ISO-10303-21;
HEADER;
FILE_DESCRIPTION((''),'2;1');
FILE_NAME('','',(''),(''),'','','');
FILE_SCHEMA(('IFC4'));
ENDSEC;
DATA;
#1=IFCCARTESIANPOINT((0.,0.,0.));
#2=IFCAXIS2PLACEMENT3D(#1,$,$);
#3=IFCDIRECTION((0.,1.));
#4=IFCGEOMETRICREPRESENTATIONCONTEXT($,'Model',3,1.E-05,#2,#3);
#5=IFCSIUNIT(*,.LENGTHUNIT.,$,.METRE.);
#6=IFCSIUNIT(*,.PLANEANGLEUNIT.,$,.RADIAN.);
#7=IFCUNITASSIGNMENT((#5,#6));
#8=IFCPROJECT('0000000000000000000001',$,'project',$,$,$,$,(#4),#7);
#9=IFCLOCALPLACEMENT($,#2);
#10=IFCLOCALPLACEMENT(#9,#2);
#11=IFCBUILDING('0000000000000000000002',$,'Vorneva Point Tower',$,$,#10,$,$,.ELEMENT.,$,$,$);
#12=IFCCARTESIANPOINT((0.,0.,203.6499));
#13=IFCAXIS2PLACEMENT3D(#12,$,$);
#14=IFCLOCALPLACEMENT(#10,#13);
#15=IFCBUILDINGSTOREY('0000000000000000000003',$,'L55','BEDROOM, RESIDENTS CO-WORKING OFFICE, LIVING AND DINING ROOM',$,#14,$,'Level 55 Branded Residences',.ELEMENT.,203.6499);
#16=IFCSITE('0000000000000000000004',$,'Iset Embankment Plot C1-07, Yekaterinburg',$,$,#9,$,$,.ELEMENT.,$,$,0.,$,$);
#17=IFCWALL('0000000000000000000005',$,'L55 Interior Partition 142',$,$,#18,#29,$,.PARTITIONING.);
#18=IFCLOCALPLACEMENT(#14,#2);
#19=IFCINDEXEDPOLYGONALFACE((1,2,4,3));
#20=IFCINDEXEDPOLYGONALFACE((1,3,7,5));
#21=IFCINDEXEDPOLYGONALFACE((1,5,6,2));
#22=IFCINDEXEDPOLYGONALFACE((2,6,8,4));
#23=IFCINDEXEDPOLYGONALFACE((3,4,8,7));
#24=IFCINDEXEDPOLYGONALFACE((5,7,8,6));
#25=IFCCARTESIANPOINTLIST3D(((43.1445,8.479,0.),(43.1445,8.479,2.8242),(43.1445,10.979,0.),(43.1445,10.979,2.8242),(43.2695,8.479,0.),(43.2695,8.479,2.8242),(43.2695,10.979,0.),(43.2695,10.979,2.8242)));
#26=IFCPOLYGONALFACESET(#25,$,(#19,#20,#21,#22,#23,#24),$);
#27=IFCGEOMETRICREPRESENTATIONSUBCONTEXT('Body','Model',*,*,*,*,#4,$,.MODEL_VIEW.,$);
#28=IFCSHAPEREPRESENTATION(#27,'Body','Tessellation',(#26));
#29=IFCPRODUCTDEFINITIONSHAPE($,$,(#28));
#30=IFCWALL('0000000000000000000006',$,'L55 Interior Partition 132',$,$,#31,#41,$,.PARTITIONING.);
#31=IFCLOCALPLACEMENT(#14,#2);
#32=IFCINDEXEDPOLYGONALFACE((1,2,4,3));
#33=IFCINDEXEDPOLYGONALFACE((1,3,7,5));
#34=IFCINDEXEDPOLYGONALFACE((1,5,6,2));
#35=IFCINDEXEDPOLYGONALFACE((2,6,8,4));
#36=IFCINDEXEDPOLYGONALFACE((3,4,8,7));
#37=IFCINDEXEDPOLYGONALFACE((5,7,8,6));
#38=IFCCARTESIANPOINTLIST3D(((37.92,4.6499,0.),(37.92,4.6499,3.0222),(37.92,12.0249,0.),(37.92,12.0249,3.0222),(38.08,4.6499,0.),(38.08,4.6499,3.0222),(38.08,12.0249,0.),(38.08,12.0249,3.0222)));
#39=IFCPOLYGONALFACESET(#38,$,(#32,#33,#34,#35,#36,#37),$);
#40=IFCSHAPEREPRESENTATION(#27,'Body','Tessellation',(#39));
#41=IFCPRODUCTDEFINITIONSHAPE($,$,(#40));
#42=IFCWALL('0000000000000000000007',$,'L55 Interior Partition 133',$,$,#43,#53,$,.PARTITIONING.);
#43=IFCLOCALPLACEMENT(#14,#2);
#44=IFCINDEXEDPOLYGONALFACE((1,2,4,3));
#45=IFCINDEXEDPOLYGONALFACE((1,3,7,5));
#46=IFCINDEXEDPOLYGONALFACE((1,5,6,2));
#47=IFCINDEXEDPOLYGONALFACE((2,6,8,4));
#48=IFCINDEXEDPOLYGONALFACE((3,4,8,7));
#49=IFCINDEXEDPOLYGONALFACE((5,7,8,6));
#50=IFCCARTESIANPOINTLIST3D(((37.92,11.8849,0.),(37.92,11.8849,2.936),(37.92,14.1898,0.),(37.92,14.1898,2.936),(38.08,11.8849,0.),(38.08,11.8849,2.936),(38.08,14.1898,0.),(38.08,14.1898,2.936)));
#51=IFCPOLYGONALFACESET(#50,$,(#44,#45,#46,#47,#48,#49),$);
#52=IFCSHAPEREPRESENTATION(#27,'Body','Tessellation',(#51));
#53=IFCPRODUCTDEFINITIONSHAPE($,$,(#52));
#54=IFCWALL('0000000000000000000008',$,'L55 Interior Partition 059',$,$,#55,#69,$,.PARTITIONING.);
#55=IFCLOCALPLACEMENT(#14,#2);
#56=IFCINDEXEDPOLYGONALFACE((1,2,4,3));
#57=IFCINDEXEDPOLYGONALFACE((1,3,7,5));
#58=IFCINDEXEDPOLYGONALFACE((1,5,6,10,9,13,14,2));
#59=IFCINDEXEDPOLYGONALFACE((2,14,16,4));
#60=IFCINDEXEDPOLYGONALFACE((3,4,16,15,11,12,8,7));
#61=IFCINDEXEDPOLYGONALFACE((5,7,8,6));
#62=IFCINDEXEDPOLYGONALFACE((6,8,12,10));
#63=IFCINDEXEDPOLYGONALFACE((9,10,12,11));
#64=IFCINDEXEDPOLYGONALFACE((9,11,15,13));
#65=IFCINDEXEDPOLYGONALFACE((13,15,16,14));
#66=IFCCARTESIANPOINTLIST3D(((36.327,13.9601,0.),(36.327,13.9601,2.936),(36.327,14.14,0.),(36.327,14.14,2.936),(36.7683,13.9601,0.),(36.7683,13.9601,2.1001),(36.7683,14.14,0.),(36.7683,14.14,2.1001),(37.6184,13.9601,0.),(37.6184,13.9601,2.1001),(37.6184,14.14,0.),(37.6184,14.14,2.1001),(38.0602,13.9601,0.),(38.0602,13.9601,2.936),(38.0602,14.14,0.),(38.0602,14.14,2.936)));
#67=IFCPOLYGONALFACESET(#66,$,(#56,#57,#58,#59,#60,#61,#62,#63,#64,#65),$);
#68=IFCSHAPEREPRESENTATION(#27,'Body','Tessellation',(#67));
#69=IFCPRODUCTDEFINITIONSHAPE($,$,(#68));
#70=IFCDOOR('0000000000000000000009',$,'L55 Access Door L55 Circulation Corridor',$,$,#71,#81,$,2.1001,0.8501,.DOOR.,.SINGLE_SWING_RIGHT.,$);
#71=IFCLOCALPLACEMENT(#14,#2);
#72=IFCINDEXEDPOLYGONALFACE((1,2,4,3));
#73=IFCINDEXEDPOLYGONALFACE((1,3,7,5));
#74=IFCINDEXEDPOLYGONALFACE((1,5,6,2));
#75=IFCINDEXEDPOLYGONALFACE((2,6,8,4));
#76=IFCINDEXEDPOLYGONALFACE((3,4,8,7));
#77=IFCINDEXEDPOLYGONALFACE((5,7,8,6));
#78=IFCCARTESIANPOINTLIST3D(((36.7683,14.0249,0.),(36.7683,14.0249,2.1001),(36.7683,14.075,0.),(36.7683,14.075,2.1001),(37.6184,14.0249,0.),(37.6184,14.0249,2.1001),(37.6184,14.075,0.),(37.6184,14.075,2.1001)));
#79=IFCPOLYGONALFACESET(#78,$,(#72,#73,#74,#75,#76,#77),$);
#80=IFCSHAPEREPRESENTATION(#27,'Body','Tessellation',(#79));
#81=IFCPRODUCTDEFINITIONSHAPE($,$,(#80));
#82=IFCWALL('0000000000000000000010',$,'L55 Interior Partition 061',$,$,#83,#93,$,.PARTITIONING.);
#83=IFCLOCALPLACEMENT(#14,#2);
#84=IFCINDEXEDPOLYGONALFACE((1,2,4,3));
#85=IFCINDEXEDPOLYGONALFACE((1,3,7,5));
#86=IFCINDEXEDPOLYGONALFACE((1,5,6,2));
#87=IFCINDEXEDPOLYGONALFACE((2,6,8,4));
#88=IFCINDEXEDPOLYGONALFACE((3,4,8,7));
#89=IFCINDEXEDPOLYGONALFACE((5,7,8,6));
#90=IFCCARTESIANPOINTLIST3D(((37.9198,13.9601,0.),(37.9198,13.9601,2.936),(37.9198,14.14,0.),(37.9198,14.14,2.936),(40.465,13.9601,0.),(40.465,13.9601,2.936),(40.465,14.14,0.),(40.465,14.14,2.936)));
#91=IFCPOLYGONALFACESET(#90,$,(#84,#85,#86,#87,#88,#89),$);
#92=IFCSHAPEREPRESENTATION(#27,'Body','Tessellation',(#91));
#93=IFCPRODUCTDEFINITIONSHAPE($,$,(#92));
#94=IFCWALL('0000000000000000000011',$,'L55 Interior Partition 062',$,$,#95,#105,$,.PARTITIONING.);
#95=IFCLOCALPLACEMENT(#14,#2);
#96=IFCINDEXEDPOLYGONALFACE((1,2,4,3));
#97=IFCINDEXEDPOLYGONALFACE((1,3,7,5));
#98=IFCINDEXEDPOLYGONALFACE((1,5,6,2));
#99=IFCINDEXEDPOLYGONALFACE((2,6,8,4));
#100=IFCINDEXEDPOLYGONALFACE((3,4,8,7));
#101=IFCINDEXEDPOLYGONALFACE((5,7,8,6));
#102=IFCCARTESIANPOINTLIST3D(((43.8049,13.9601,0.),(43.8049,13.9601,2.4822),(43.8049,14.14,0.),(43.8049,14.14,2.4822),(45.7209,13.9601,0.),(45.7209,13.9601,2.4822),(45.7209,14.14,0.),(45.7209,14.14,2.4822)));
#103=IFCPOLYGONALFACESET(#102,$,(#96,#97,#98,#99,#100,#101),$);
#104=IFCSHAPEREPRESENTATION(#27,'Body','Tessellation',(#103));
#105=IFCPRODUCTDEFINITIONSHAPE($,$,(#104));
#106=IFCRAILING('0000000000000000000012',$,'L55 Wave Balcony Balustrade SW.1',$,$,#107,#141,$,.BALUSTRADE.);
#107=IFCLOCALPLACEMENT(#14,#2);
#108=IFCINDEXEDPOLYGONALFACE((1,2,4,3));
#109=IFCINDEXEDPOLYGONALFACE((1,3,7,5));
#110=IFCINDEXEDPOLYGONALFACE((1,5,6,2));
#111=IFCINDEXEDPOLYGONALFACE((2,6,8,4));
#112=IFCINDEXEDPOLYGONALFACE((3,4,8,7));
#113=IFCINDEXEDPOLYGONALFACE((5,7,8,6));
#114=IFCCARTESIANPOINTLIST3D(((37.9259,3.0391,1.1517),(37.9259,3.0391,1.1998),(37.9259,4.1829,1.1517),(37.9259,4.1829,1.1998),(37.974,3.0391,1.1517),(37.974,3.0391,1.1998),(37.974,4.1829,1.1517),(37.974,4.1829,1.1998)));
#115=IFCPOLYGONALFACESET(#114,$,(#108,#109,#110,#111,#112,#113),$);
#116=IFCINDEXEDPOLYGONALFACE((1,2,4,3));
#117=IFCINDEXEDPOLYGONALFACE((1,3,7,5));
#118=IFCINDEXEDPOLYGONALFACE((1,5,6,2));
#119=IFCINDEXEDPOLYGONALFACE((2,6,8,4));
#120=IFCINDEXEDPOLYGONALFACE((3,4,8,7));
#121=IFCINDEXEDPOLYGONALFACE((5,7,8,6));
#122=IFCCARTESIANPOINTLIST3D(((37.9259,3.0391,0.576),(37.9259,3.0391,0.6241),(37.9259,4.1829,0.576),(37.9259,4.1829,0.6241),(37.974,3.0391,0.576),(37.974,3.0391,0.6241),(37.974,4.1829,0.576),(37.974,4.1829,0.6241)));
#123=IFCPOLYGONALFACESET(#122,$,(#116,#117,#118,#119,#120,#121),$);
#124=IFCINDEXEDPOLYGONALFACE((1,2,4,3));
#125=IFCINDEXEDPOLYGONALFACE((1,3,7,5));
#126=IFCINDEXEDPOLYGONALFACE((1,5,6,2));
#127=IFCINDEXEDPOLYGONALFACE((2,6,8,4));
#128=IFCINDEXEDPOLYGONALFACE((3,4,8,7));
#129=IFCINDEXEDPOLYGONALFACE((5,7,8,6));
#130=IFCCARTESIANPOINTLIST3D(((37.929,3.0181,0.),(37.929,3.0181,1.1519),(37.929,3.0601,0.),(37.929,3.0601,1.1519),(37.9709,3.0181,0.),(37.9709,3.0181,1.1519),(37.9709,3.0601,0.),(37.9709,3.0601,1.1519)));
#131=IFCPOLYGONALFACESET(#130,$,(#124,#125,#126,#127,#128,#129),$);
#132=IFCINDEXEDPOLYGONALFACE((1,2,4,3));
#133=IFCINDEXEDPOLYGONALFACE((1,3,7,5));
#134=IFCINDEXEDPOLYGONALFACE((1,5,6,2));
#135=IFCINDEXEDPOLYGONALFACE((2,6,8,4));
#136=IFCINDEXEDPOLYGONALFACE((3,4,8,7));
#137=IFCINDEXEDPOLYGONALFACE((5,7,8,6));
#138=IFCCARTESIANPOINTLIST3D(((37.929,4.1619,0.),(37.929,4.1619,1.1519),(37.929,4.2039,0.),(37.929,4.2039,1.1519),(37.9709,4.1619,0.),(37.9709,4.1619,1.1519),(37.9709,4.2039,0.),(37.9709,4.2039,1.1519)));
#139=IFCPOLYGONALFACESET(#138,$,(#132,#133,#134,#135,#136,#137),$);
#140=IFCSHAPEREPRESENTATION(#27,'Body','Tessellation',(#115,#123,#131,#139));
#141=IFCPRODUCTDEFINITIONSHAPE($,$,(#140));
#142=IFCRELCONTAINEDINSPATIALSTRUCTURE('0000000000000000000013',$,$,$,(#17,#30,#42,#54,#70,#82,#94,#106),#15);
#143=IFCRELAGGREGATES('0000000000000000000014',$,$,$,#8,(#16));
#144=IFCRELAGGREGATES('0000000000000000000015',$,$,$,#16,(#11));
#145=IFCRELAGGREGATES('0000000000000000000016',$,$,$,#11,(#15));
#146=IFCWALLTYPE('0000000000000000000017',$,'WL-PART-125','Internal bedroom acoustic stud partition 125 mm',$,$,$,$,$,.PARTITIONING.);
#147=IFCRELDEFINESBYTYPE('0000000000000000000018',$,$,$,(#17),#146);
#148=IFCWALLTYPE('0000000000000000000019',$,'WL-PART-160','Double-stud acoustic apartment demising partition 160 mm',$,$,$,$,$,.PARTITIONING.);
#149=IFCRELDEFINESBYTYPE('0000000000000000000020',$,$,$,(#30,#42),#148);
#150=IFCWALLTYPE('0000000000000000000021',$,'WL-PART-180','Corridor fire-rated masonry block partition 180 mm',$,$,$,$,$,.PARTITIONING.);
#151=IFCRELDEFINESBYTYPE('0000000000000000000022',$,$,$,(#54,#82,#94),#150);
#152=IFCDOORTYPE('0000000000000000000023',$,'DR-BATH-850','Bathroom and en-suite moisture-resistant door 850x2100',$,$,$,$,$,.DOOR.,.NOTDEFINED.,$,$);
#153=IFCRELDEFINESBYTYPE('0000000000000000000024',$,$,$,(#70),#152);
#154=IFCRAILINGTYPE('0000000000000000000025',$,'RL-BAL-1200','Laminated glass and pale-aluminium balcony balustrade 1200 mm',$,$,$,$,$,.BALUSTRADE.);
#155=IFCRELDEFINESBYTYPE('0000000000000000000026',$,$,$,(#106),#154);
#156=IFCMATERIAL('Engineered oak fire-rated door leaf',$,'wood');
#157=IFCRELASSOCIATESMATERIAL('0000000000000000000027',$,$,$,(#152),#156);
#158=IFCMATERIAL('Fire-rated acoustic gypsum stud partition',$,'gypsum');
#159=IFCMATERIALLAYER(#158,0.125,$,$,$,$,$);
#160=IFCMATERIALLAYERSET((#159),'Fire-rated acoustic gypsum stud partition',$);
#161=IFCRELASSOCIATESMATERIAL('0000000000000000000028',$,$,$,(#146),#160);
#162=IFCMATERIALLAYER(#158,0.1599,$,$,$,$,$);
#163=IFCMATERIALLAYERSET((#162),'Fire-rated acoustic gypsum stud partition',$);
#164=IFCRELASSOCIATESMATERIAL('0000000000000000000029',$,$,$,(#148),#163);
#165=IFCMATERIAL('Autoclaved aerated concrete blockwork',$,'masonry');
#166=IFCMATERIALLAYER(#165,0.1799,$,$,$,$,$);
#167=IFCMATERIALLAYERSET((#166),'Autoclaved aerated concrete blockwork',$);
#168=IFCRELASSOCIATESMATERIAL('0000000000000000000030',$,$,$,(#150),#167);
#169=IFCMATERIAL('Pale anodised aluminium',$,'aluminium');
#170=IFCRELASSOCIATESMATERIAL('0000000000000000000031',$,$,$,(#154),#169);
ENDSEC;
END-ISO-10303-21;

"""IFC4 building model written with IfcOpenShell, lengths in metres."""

from ifc_helpers import new_model, si_unit, direction, frame, frame_2d, origin, origin_2d, place, context, subcontext, project, spatial, rectangle, extrude, material, layer, layer_set, type_object, element, fill, save


model = new_model("IFC4")

# Units and contexts
model_context = context("Model", 3, precision=1e-05, world=origin(), true_north=direction((0.0, 1.0)))
body_context = subcontext(model_context, "Body", "Model", "MODEL_VIEW")
ifc_project = project(units=[si_unit("LENGTHUNIT", "METRE"), si_unit("PLANEANGLEUNIT", "RADIAN")], contexts=[model_context])

# Site, building, storey
site_placement = place(None, origin())
site = spatial("IfcSite", under=ifc_project, at=site_placement, Name="Iset Embankment Plot C1-07, Yekaterinburg", CompositionType="ELEMENT", RefElevation=0.0)
building_placement = place(site_placement, origin())
building = spatial("IfcBuilding", under=site, at=building_placement, Name="Vorneva Point Tower", CompositionType="ELEMENT")
storey_placement = place(building_placement, frame((0.0, 0.0, 203.6499)))
storey = spatial("IfcBuildingStorey", under=building, at=storey_placement, Name="L55", Description="BEDROOM, RESIDENTS CO-WORKING OFFICE, LIVING AND DINING ROOM", LongName="Level 55 Branded Residences", CompositionType="ELEMENT", Elevation=203.6499)

# Shared definitions
ifc_material_1 = material(Name="Pale anodised aluminium", Category="aluminium")

# Shared definitions
ifc_material_2 = material(Name="Fire-rated acoustic gypsum stud partition", Category="gypsum")
ifc_material_3 = material(Name="Engineered oak fire-rated door leaf", Category="wood")
door_type_1 = type_object("IfcDoorType", Name="DR-BATH-850", Description="Bathroom and en-suite moisture-resistant door 850x2100", OperationType="NOTDEFINED", PredefinedType="DOOR", material=ifc_material_3)

# Shared definitions
ifc_layer_1 = layer(ifc_material_2, 0.125)
ifc_layer_set_1 = layer_set([ifc_layer_1], Name="Fire-rated acoustic gypsum stud partition")
wall_type_1 = type_object("IfcWallType", Name="WL-PART-125", Description="Internal bedroom acoustic stud partition 125 mm", PredefinedType="PARTITIONING", material=ifc_layer_set_1)

# Walls
wall_1_placement = place(storey_placement, frame((43.207, 8.479, 0.0), z_axis=(0.0, 0.0, 1.0), x_axis=(0.0, 1.0, 0.0)))
element("IfcWall", 1, at=wall_1_placement, inside=storey, type_object=wall_type_1, Name="L55 Interior Partition 142", PredefinedType="PARTITIONING", context=body_context, shape_type="SweptSolid", body=[
    extrude(rectangle(XDim=2.5, YDim=0.125, at=frame_2d((1.25, 0.0))), origin(), (0.0, 0.0, 1.0), 2.8242),
])
ifc_layer_2 = layer(ifc_material_2, 0.1599)
ifc_layer_set_2 = layer_set([ifc_layer_2], Name="Fire-rated acoustic gypsum stud partition")
wall_type_2 = type_object("IfcWallType", Name="WL-PART-160", Description="Double-stud acoustic apartment demising partition 160 mm", PredefinedType="PARTITIONING", material=ifc_layer_set_2)
wall_2_placement = place(storey_placement, frame((38.0, 4.6499, 0.0), z_axis=(0.0, 0.0, 1.0), x_axis=(0.0, 1.0, 0.0)))
element("IfcWall", 2, at=wall_2_placement, inside=storey, type_object=wall_type_2, Name="L55 Interior Partition 132", PredefinedType="PARTITIONING", context=body_context, shape_type="SweptSolid", body=[
    extrude(rectangle(XDim=7.375, YDim=0.1599, at=frame_2d((3.6875, 0.0))), origin(), (0.0, 0.0, 1.0), 3.0222),
])
wall_3_placement = place(storey_placement, frame((38.0, 11.885, 0.0), z_axis=(0.0, 0.0, 1.0), x_axis=(0.0, 1.0, 0.0)))
element("IfcWall", 3, at=wall_3_placement, inside=storey, type_object=wall_type_2, Name="L55 Interior Partition 133", PredefinedType="PARTITIONING", context=body_context, shape_type="SweptSolid", body=[
    extrude(rectangle(XDim=2.3049, YDim=0.1599, at=frame_2d((1.1523, 0.0))), origin(), (0.0, 0.0, 1.0), 2.936),
])

# Wall, opening, door
ifc_material_4 = material(Name="Autoclaved aerated concrete blockwork", Category="masonry")
ifc_layer_3 = layer(ifc_material_4, 0.1799)
ifc_layer_set_3 = layer_set([ifc_layer_3], Name="Autoclaved aerated concrete blockwork")
wall_type_3 = type_object("IfcWallType", Name="WL-PART-180", Description="Corridor fire-rated masonry block partition 180 mm", PredefinedType="PARTITIONING", material=ifc_layer_set_3)
wall_4_placement = place(storey_placement, frame((36.3269, 14.05, 0.0), z_axis=(0.0, 0.0, 1.0), x_axis=(1.0, 0.0, 0.0)))
wall_4 = element("IfcWall", 4, at=wall_4_placement, inside=storey, type_object=wall_type_3, Name="L55 Interior Partition 059", PredefinedType="PARTITIONING", context=body_context, shape_type="SweptSolid", body=[
    extrude(rectangle(XDim=1.7332, YDim=0.1799, at=frame_2d((0.8667, 0.0))), origin(), (0.0, 0.0, 1.0), 2.936),
])
opening_1_placement = place(wall_4_placement, frame((0.4414, 0.0, 0.0)))
opening_1 = element("IfcOpeningElement", 5, at=opening_1_placement, cuts=wall_4, PredefinedType="OPENING", context=body_context, shape_type="SweptSolid", body=[
    extrude(rectangle(XDim=0.8501, YDim=2.1001, at=frame_2d((0.425, 1.05))), frame((0.0, 0.105, 0.0), z_axis=(0.0, -1.0, 0.0), x_axis=(1.0, 0.0, 0.0)), (0.0, 0.0, 1.0), 0.2097),
])
door_1_placement = place(opening_1_placement, origin())
door_1 = element("IfcDoor", 6, at=door_1_placement, inside=storey, type_object=door_type_1, Name="L55 Access Door L55 Circulation Corridor", OperationType="SINGLE_SWING_RIGHT", OverallHeight=2.1001, OverallWidth=0.8501, PredefinedType="DOOR", context=body_context, shape_type="SweptSolid", body=[
    extrude(rectangle(XDim=0.8501, YDim=2.1001, at=frame_2d((0.425, 1.05))), frame((0.0, 0.0249, 0.0), z_axis=(0.0, -1.0, 0.0), x_axis=(1.0, 0.0, 0.0)), (0.0, 0.0, 1.0), 0.05),
])
fill(opening_1, door_1)

# Walls
wall_5_placement = place(storey_placement, frame((37.9199, 14.05, 0.0), z_axis=(0.0, 0.0, 1.0), x_axis=(1.0, 0.0, 0.0)))
element("IfcWall", 7, at=wall_5_placement, inside=storey, type_object=wall_type_3, Name="L55 Interior Partition 061", PredefinedType="PARTITIONING", context=body_context, shape_type="SweptSolid", body=[
    extrude(rectangle(XDim=2.5452, YDim=0.1799, at=frame_2d((1.2725, 0.0))), origin(), (0.0, 0.0, 1.0), 2.936),
])
wall_6_placement = place(storey_placement, frame((43.8049, 14.05, 0.0), z_axis=(0.0, 0.0, 1.0), x_axis=(1.0, 0.0, 0.0)))
element("IfcWall", 8, at=wall_6_placement, inside=storey, type_object=wall_type_3, Name="L55 Interior Partition 062", PredefinedType="PARTITIONING", context=body_context, shape_type="SweptSolid", body=[
    extrude(rectangle(XDim=1.916, YDim=0.1799, at=frame_2d((0.958, 0.0))), origin(), (0.0, 0.0, 1.0), 2.4822),
])

# Railing
railing_type = type_object("IfcRailingType", Name="RL-BAL-1200", Description="Laminated glass and pale-aluminium balcony balustrade 1200 mm", PredefinedType="BALUSTRADE", material=ifc_material_1)
railing_placement = place(storey_placement, frame((37.95, 3.0391, 0.0)))
element("IfcRailing", 9, at=railing_placement, inside=storey, type_object=railing_type, Name="L55 Wave Balcony Balustrade SW.1", PredefinedType="BALUSTRADE", context=body_context, shape_type="SweptSolid", body=[
    extrude(rectangle(XDim=0.0481, YDim=0.0481, at=origin_2d()), frame((0.0, 0.0, 1.1758), z_axis=(0.0, 1.0, 0.0), x_axis=(-1.0, 0.0, 0.0)), (0.0, 0.0, 1.0), 1.1438),
    extrude(rectangle(XDim=0.0481, YDim=0.0481, at=origin_2d()), frame((0.0, 0.0, 0.6001), z_axis=(0.0, 1.0, 0.0), x_axis=(-1.0, 0.0, 0.0)), (0.0, 0.0, 1.0), 1.1438),
    extrude(rectangle(XDim=0.042, YDim=0.042, at=origin_2d()), origin(), (0.0, 0.0, 1.0), 1.1519),
    extrude(rectangle(XDim=0.042, YDim=0.042, at=origin_2d()), frame((0.0, 1.1438, 0.0)), (0.0, 0.0, 1.0), 1.1519),
])

save(model, "model.ifc")
